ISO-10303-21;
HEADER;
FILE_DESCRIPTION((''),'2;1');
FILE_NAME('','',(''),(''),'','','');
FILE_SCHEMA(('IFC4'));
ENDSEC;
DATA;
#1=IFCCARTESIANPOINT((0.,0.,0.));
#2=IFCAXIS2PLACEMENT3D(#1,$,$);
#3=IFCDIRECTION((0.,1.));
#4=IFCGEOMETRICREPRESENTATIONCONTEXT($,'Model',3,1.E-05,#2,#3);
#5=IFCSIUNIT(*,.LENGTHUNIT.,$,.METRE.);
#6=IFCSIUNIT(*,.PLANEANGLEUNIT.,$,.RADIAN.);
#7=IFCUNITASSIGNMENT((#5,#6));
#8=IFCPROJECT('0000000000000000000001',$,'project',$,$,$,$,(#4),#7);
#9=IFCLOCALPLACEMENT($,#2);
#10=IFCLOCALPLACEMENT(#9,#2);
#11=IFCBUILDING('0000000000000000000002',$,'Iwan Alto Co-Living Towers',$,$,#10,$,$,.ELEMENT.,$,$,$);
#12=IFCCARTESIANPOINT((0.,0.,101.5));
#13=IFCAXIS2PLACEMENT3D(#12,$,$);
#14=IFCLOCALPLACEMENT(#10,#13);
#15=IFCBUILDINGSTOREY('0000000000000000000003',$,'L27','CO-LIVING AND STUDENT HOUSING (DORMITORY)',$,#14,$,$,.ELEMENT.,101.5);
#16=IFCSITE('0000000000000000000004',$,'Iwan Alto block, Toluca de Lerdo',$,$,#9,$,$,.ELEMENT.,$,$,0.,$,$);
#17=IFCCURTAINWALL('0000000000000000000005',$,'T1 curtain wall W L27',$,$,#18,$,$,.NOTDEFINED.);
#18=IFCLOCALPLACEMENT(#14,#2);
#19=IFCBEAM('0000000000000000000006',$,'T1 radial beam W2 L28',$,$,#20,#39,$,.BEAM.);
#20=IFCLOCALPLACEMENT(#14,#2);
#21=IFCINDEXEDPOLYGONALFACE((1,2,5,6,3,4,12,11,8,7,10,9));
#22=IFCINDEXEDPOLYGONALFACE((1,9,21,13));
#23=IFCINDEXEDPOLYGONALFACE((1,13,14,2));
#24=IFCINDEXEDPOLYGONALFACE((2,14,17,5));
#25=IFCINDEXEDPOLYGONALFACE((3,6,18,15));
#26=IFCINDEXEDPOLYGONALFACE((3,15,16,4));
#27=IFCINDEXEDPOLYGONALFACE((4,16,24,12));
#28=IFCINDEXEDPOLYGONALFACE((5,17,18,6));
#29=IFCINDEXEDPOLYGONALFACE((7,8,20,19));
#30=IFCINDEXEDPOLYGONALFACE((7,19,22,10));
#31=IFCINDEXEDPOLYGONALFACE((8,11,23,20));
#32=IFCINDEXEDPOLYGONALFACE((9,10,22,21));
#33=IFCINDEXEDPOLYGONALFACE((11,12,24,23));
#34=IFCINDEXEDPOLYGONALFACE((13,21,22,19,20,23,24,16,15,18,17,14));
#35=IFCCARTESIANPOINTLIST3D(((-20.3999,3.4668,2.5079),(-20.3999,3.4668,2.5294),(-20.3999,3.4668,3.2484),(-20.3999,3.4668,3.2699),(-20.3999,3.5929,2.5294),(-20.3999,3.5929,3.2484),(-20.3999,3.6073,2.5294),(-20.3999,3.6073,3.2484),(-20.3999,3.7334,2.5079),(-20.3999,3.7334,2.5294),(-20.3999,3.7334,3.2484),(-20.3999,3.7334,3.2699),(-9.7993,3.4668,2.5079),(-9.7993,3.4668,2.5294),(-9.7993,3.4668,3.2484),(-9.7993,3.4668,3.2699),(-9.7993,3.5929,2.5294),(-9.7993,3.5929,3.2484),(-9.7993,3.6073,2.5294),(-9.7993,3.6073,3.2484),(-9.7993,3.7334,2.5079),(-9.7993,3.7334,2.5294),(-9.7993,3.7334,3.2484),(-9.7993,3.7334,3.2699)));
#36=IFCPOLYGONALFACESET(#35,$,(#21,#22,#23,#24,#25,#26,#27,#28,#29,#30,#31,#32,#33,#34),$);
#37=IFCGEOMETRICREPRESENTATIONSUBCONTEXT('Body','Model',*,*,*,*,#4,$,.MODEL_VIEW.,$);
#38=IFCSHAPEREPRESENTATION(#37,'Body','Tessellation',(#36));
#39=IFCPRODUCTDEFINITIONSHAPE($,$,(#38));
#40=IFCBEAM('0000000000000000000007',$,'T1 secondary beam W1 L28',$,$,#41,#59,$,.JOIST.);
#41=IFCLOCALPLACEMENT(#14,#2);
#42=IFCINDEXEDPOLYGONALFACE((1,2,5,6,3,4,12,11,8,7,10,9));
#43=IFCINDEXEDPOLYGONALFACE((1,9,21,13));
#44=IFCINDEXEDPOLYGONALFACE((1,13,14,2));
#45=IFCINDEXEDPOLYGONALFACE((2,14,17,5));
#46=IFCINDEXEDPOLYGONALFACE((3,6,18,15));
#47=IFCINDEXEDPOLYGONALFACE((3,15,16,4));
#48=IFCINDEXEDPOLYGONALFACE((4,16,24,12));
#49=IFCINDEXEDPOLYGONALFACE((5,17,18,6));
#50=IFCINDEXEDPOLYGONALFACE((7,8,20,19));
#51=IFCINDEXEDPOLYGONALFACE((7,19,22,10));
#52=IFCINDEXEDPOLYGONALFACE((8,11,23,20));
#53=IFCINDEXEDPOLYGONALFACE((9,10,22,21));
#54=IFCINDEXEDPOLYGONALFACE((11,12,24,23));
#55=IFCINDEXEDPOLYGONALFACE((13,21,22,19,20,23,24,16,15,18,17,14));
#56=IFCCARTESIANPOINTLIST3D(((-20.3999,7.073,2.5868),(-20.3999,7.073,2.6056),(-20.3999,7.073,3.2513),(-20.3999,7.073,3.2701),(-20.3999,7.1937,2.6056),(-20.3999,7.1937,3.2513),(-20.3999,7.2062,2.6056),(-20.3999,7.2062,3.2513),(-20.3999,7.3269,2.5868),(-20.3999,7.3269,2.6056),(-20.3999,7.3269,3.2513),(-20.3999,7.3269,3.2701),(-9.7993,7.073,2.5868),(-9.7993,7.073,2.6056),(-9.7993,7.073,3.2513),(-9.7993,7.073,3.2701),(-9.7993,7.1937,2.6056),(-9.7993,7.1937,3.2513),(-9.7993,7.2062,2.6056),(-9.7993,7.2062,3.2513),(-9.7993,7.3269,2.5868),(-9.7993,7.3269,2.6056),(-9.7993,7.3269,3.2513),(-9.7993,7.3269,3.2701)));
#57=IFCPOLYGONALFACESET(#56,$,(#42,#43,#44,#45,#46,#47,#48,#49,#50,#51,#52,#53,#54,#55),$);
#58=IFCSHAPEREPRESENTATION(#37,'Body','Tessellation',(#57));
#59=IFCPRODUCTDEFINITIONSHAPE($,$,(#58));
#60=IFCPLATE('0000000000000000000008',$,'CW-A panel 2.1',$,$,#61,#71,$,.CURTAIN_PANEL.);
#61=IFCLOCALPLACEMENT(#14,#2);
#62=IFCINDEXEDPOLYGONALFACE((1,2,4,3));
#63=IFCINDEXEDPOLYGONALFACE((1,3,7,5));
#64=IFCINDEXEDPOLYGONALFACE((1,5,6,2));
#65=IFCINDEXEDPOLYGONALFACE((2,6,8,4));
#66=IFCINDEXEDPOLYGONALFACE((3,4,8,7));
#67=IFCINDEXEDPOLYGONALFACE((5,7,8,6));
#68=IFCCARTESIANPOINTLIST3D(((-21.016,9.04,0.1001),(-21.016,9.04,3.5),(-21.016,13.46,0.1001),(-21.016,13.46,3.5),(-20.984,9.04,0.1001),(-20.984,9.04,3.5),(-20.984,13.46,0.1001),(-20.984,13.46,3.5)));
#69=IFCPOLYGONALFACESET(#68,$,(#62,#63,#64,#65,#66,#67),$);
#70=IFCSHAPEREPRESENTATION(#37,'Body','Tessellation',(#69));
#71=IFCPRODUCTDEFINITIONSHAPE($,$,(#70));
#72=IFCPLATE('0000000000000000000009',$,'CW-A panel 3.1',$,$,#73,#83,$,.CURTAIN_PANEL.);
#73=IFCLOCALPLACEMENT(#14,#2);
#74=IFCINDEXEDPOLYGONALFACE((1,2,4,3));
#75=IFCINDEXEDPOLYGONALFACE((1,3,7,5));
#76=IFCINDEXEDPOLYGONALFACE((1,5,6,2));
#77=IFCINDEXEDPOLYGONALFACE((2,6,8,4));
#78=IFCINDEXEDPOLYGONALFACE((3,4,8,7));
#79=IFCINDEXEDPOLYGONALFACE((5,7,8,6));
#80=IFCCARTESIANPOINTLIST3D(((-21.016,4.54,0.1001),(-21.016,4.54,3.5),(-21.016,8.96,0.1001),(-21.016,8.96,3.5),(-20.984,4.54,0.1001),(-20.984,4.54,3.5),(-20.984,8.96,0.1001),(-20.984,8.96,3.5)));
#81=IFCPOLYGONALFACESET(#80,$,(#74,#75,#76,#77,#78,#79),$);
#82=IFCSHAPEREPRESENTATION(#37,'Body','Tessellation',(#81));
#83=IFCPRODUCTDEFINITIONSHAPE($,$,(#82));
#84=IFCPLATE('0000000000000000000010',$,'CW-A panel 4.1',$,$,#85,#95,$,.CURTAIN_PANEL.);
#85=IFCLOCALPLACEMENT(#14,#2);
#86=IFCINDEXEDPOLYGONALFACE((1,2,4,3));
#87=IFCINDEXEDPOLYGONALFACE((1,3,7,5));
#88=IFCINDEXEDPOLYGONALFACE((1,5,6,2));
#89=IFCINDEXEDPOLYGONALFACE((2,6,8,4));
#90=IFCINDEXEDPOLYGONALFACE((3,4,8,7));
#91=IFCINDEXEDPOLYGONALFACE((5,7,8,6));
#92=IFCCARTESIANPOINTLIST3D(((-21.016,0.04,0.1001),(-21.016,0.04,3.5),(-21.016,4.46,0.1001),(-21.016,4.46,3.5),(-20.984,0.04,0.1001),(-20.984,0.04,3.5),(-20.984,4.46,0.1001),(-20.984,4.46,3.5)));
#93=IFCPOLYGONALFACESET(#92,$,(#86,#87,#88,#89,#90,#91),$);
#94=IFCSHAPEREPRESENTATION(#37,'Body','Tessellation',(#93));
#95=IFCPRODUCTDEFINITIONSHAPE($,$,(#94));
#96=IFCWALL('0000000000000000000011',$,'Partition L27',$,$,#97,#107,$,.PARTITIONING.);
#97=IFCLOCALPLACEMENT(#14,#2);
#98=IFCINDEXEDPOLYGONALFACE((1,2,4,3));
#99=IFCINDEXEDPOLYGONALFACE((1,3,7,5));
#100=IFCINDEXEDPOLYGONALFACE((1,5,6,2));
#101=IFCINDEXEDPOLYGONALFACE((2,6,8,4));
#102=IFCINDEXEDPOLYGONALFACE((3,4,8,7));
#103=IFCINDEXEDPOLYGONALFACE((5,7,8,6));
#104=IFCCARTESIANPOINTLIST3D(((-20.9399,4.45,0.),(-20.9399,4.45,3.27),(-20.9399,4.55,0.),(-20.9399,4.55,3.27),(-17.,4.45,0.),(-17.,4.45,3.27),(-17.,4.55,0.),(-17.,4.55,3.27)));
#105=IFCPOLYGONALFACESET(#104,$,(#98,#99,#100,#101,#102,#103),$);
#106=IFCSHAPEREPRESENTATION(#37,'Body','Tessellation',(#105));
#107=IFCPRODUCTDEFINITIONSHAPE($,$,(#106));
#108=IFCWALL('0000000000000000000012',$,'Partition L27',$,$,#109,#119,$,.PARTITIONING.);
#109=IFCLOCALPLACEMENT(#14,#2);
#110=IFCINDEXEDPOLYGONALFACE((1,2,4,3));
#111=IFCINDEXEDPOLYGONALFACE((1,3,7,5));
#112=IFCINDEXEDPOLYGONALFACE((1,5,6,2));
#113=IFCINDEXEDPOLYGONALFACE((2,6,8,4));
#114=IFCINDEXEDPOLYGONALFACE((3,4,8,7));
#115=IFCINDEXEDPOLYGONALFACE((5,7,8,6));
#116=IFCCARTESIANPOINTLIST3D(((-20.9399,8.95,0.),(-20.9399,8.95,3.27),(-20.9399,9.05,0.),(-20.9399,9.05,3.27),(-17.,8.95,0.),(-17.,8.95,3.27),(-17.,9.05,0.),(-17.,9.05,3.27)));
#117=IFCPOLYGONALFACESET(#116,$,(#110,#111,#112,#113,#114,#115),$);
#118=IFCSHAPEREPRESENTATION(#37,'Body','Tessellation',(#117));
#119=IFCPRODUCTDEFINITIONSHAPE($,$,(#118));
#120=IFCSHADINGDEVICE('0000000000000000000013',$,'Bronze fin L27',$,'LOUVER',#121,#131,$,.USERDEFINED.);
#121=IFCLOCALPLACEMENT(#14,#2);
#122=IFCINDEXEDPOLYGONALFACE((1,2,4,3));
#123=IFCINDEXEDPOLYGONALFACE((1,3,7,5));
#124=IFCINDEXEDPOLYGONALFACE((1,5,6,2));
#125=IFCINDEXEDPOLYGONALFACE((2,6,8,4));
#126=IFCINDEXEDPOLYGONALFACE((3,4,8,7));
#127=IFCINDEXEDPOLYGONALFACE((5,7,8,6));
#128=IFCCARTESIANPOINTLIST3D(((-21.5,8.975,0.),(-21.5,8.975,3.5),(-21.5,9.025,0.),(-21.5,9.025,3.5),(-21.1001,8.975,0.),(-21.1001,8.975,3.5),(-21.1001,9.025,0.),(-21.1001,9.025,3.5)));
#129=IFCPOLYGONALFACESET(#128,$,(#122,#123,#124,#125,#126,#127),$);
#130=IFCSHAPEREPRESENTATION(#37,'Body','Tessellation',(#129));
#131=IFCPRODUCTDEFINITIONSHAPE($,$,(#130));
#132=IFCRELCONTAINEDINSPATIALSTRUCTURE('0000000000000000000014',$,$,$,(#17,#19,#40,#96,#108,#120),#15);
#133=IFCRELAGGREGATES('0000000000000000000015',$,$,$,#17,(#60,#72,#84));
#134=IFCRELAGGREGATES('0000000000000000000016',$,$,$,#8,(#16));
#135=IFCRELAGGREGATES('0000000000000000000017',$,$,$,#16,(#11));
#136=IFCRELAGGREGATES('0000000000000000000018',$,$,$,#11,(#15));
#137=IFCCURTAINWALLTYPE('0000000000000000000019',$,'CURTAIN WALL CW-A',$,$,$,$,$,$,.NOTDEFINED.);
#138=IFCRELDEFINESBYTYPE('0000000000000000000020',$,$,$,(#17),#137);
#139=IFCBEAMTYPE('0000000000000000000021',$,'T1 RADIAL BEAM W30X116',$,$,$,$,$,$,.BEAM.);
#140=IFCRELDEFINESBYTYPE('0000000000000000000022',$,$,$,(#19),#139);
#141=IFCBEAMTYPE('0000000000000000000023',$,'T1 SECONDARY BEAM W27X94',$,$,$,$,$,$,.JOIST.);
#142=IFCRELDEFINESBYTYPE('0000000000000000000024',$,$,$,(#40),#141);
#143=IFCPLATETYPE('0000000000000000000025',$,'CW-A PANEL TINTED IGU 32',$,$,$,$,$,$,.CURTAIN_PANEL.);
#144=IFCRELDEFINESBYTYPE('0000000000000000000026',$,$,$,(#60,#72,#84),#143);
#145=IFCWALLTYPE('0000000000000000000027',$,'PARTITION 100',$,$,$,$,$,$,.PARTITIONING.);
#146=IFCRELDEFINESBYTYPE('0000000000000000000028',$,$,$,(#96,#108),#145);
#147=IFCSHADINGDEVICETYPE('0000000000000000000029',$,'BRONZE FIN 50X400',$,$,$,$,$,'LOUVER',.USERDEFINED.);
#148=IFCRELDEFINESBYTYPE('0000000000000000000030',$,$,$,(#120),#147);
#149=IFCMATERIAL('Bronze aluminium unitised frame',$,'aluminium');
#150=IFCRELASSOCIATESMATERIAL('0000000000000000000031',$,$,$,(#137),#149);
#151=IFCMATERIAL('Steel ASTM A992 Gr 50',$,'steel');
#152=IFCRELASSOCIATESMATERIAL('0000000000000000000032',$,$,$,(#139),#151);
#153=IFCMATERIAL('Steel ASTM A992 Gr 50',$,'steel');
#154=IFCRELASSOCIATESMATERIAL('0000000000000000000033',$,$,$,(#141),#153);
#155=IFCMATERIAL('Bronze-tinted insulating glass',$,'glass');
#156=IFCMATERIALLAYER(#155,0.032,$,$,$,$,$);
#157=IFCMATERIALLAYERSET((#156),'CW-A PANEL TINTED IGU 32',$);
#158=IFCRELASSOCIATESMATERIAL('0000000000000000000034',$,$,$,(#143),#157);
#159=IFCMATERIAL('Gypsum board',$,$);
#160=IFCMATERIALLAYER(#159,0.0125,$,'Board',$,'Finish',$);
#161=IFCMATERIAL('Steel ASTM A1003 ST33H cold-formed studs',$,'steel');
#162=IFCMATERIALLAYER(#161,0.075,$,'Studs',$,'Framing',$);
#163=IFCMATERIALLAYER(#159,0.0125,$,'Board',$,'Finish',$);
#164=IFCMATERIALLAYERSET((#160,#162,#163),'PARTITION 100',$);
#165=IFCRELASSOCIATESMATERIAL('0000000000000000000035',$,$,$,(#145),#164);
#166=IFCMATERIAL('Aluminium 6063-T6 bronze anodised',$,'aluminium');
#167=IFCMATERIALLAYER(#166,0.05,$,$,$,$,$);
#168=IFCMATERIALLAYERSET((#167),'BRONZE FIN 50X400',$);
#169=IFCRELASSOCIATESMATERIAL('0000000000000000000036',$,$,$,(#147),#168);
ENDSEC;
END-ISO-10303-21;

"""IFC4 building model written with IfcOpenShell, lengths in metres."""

from ifc_helpers import new_model, si_unit, direction, frame, frame_2d, origin, origin_2d, place, context, subcontext, project, spatial, rectangle, i_section, extrude, material, layer, layer_set, material_profile, profile_set, type_object, element, aggregate, save


model = new_model("IFC4")

# Units and contexts
model_context = context("Model", 3, precision=1e-05, world=origin(), true_north=direction((0.0, 1.0)))
body_context = subcontext(model_context, "Body", "Model", "MODEL_VIEW")
ifc_project = project(units=[si_unit("LENGTHUNIT", "METRE"), si_unit("PLANEANGLEUNIT", "RADIAN")], contexts=[model_context])

# Site, building, storey
site_placement = place(None, origin())
site = spatial("IfcSite", under=ifc_project, at=site_placement, Name="Iwan Alto block, Toluca de Lerdo", CompositionType="ELEMENT", RefElevation=0.0)
building_placement = place(site_placement, origin())
building = spatial("IfcBuilding", under=site, at=building_placement, Name="Iwan Alto Co-Living Towers", CompositionType="ELEMENT")
storey_placement = place(building_placement, frame((0.0, 0.0, 101.5)))
storey = spatial("IfcBuildingStorey", under=building, at=storey_placement, Name="L27", Description="CO-LIVING AND STUDENT HOUSING (DORMITORY)", CompositionType="ELEMENT", Elevation=101.5)

# Curtain wall
ifc_material_1 = material(Name="Bronze aluminium unitised frame", Category="aluminium")
curtain_wall_type = type_object("IfcCurtainWallType", Name="CURTAIN WALL CW-A", PredefinedType="NOTDEFINED", material=ifc_material_1)
curtain_wall_placement = place(storey_placement, origin())
curtain_wall = element("IfcCurtainWall", 1, at=curtain_wall_placement, inside=storey, type_object=curtain_wall_type, Name="T1 curtain wall W L27", PredefinedType="NOTDEFINED")

# Beams
ifc_material_2 = material(Name="Steel ASTM A992 Gr 50", Category="steel")
ifc_material_profile_1 = material_profile(ifc_material_2, i_section(OverallWidth=0.2666, OverallDepth=0.762, WebThickness=0.0144, FlangeThickness=0.0215, at=origin_2d()), Name="W30X116")
ifc_profile_set_1 = profile_set([ifc_material_profile_1], Name="Steel ASTM A992 Gr 50")
beam_type_1 = type_object("IfcBeamType", Name="T1 RADIAL BEAM W30X116", PredefinedType="BEAM", material=ifc_profile_set_1)
beam_1_placement = place(storey_placement, frame((-20.3999, 3.6001, 2.8889), z_axis=(1.0, 0.0, 0.0), x_axis=(0.0, 1.0, 0.0)))
element("IfcBeam", 2, at=beam_1_placement, inside=storey, type_object=beam_type_1, Name="T1 radial beam W2 L28", PredefinedType="BEAM", context=body_context, shape_type="SweptSolid", body=[
    extrude(i_section(OverallWidth=0.2666, OverallDepth=0.762, WebThickness=0.0144, FlangeThickness=0.0215, at=origin_2d()), origin(), (0.0, 0.0, 1.0), 10.6006),
])
ifc_material_3 = material(Name="Steel ASTM A992 Gr 50", Category="steel")
ifc_material_profile_2 = material_profile(ifc_material_3, i_section(OverallWidth=0.2539, OverallDepth=0.6833, WebThickness=0.0125, FlangeThickness=0.0188, at=origin_2d()), Name="W27X94")
ifc_profile_set_2 = profile_set([ifc_material_profile_2], Name="Steel ASTM A992 Gr 50")
beam_type_2 = type_object("IfcBeamType", Name="T1 SECONDARY BEAM W27X94", PredefinedType="JOIST", material=ifc_profile_set_2)
beam_2_placement = place(storey_placement, frame((-20.3999, 7.2, 2.9285), z_axis=(1.0, 0.0, 0.0), x_axis=(0.0, 1.0, 0.0)))
element("IfcBeam", 3, at=beam_2_placement, inside=storey, type_object=beam_type_2, Name="T1 secondary beam W1 L28", PredefinedType="JOIST", context=body_context, shape_type="SweptSolid", body=[
    extrude(i_section(OverallWidth=0.2539, OverallDepth=0.6833, WebThickness=0.0125, FlangeThickness=0.0188, at=origin_2d()), origin(), (0.0, 0.0, 1.0), 10.6006),
])

# Plates
ifc_material_4 = material(Name="Bronze-tinted insulating glass", Category="glass")
ifc_layer_1 = layer(ifc_material_4, 0.032)
ifc_layer_set_1 = layer_set([ifc_layer_1], Name="CW-A PANEL TINTED IGU 32")
plate_type = type_object("IfcPlateType", Name="CW-A PANEL TINTED IGU 32", PredefinedType="CURTAIN_PANEL", material=ifc_layer_set_1)
plate_1_placement = place(storey_placement, frame((-21.0, 11.25, 0.1001), z_axis=(0.0, 0.0, 1.0), x_axis=(0.0, -1.0, 0.0)))
plate_1 = element("IfcPlate", 4, at=plate_1_placement, type_object=plate_type, Name="CW-A panel 2.1", PredefinedType="CURTAIN_PANEL", context=body_context, shape_type="SweptSolid", body=[
    extrude(rectangle(XDim=4.4199, YDim=0.032, at=origin_2d()), origin(), (0.0, 0.0, 1.0), 3.3999),
])
plate_2_placement = place(storey_placement, frame((-21.0, 6.75, 0.1001), z_axis=(0.0, 0.0, 1.0), x_axis=(0.0, -1.0, 0.0)))
plate_2 = element("IfcPlate", 5, at=plate_2_placement, type_object=plate_type, Name="CW-A panel 3.1", PredefinedType="CURTAIN_PANEL", context=body_context, shape_type="SweptSolid", body=[
    extrude(rectangle(XDim=4.4199, YDim=0.032, at=origin_2d()), origin(), (0.0, 0.0, 1.0), 3.3999),
])
plate_3_placement = place(storey_placement, frame((-21.0, 2.25, 0.1001), z_axis=(0.0, 0.0, 1.0), x_axis=(0.0, -1.0, 0.0)))
plate_3 = element("IfcPlate", 6, at=plate_3_placement, type_object=plate_type, Name="CW-A panel 4.1", PredefinedType="CURTAIN_PANEL", context=body_context, shape_type="SweptSolid", body=[
    extrude(rectangle(XDim=4.4199, YDim=0.032, at=origin_2d()), origin(), (0.0, 0.0, 1.0), 3.3999),
])
aggregate(curtain_wall, [plate_1, plate_2, plate_3])

# Walls
ifc_material_5 = material(Name="Gypsum board")
ifc_layer_2 = layer(ifc_material_5, 0.0125, Name="Board", Category="Finish")
ifc_material_6 = material(Name="Steel ASTM A1003 ST33H cold-formed studs", Category="steel")
ifc_layer_3 = layer(ifc_material_6, 0.075, Name="Studs", Category="Framing")
ifc_layer_4 = layer(ifc_material_5, 0.0125, Name="Board", Category="Finish")
ifc_layer_set_2 = layer_set([ifc_layer_2, ifc_layer_3, ifc_layer_4], Name="PARTITION 100")
wall_type = type_object("IfcWallType", Name="PARTITION 100", PredefinedType="PARTITIONING", material=ifc_layer_set_2)
for number, where, z_axis, x_axis, name in (
    (7, (-20.9399, 4.5, 0.0), (0.0, 0.0, 1.0), (1.0, 0.0, 0.0), "Partition L27"),
    (8, (-20.9399, 9.0, 0.0), (0.0, 0.0, 1.0), (1.0, 0.0, 0.0), "Partition L27"),
):
    element("IfcWall", number, at=place(storey_placement, frame(where, z_axis=z_axis, x_axis=x_axis)), inside=storey, type_object=wall_type, Name=name, PredefinedType="PARTITIONING", context=body_context, shape_type="SweptSolid", body=[
        extrude(rectangle(XDim=3.9399, YDim=0.1001, at=frame_2d((1.97, 0.0))), origin(), (0.0, 0.0, 1.0), 3.27),
    ])

# Shading device
ifc_material_7 = material(Name="Aluminium 6063-T6 bronze anodised", Category="aluminium")
ifc_layer_5 = layer(ifc_material_7, 0.05)
ifc_layer_set_3 = layer_set([ifc_layer_5], Name="BRONZE FIN 50X400")
shading_device_type = type_object("IfcShadingDeviceType", Name="BRONZE FIN 50X400", ElementType="LOUVER", PredefinedType="USERDEFINED", material=ifc_layer_set_3)
shading_device_placement = place(storey_placement, frame((-21.3, 9.0, 0.0), z_axis=(0.0, 0.0, 1.0), x_axis=(0.0, -1.0, 0.0)))
element("IfcShadingDevice", 9, at=shading_device_placement, inside=storey, type_object=shading_device_type, Name="Bronze fin L27", ObjectType="LOUVER", PredefinedType="USERDEFINED", context=body_context, shape_type="SweptSolid", body=[
    extrude(rectangle(XDim=0.05, YDim=0.3999, at=origin_2d()), origin(), (0.0, 0.0, 1.0), 3.5),
])

save(model, "model.ifc")
